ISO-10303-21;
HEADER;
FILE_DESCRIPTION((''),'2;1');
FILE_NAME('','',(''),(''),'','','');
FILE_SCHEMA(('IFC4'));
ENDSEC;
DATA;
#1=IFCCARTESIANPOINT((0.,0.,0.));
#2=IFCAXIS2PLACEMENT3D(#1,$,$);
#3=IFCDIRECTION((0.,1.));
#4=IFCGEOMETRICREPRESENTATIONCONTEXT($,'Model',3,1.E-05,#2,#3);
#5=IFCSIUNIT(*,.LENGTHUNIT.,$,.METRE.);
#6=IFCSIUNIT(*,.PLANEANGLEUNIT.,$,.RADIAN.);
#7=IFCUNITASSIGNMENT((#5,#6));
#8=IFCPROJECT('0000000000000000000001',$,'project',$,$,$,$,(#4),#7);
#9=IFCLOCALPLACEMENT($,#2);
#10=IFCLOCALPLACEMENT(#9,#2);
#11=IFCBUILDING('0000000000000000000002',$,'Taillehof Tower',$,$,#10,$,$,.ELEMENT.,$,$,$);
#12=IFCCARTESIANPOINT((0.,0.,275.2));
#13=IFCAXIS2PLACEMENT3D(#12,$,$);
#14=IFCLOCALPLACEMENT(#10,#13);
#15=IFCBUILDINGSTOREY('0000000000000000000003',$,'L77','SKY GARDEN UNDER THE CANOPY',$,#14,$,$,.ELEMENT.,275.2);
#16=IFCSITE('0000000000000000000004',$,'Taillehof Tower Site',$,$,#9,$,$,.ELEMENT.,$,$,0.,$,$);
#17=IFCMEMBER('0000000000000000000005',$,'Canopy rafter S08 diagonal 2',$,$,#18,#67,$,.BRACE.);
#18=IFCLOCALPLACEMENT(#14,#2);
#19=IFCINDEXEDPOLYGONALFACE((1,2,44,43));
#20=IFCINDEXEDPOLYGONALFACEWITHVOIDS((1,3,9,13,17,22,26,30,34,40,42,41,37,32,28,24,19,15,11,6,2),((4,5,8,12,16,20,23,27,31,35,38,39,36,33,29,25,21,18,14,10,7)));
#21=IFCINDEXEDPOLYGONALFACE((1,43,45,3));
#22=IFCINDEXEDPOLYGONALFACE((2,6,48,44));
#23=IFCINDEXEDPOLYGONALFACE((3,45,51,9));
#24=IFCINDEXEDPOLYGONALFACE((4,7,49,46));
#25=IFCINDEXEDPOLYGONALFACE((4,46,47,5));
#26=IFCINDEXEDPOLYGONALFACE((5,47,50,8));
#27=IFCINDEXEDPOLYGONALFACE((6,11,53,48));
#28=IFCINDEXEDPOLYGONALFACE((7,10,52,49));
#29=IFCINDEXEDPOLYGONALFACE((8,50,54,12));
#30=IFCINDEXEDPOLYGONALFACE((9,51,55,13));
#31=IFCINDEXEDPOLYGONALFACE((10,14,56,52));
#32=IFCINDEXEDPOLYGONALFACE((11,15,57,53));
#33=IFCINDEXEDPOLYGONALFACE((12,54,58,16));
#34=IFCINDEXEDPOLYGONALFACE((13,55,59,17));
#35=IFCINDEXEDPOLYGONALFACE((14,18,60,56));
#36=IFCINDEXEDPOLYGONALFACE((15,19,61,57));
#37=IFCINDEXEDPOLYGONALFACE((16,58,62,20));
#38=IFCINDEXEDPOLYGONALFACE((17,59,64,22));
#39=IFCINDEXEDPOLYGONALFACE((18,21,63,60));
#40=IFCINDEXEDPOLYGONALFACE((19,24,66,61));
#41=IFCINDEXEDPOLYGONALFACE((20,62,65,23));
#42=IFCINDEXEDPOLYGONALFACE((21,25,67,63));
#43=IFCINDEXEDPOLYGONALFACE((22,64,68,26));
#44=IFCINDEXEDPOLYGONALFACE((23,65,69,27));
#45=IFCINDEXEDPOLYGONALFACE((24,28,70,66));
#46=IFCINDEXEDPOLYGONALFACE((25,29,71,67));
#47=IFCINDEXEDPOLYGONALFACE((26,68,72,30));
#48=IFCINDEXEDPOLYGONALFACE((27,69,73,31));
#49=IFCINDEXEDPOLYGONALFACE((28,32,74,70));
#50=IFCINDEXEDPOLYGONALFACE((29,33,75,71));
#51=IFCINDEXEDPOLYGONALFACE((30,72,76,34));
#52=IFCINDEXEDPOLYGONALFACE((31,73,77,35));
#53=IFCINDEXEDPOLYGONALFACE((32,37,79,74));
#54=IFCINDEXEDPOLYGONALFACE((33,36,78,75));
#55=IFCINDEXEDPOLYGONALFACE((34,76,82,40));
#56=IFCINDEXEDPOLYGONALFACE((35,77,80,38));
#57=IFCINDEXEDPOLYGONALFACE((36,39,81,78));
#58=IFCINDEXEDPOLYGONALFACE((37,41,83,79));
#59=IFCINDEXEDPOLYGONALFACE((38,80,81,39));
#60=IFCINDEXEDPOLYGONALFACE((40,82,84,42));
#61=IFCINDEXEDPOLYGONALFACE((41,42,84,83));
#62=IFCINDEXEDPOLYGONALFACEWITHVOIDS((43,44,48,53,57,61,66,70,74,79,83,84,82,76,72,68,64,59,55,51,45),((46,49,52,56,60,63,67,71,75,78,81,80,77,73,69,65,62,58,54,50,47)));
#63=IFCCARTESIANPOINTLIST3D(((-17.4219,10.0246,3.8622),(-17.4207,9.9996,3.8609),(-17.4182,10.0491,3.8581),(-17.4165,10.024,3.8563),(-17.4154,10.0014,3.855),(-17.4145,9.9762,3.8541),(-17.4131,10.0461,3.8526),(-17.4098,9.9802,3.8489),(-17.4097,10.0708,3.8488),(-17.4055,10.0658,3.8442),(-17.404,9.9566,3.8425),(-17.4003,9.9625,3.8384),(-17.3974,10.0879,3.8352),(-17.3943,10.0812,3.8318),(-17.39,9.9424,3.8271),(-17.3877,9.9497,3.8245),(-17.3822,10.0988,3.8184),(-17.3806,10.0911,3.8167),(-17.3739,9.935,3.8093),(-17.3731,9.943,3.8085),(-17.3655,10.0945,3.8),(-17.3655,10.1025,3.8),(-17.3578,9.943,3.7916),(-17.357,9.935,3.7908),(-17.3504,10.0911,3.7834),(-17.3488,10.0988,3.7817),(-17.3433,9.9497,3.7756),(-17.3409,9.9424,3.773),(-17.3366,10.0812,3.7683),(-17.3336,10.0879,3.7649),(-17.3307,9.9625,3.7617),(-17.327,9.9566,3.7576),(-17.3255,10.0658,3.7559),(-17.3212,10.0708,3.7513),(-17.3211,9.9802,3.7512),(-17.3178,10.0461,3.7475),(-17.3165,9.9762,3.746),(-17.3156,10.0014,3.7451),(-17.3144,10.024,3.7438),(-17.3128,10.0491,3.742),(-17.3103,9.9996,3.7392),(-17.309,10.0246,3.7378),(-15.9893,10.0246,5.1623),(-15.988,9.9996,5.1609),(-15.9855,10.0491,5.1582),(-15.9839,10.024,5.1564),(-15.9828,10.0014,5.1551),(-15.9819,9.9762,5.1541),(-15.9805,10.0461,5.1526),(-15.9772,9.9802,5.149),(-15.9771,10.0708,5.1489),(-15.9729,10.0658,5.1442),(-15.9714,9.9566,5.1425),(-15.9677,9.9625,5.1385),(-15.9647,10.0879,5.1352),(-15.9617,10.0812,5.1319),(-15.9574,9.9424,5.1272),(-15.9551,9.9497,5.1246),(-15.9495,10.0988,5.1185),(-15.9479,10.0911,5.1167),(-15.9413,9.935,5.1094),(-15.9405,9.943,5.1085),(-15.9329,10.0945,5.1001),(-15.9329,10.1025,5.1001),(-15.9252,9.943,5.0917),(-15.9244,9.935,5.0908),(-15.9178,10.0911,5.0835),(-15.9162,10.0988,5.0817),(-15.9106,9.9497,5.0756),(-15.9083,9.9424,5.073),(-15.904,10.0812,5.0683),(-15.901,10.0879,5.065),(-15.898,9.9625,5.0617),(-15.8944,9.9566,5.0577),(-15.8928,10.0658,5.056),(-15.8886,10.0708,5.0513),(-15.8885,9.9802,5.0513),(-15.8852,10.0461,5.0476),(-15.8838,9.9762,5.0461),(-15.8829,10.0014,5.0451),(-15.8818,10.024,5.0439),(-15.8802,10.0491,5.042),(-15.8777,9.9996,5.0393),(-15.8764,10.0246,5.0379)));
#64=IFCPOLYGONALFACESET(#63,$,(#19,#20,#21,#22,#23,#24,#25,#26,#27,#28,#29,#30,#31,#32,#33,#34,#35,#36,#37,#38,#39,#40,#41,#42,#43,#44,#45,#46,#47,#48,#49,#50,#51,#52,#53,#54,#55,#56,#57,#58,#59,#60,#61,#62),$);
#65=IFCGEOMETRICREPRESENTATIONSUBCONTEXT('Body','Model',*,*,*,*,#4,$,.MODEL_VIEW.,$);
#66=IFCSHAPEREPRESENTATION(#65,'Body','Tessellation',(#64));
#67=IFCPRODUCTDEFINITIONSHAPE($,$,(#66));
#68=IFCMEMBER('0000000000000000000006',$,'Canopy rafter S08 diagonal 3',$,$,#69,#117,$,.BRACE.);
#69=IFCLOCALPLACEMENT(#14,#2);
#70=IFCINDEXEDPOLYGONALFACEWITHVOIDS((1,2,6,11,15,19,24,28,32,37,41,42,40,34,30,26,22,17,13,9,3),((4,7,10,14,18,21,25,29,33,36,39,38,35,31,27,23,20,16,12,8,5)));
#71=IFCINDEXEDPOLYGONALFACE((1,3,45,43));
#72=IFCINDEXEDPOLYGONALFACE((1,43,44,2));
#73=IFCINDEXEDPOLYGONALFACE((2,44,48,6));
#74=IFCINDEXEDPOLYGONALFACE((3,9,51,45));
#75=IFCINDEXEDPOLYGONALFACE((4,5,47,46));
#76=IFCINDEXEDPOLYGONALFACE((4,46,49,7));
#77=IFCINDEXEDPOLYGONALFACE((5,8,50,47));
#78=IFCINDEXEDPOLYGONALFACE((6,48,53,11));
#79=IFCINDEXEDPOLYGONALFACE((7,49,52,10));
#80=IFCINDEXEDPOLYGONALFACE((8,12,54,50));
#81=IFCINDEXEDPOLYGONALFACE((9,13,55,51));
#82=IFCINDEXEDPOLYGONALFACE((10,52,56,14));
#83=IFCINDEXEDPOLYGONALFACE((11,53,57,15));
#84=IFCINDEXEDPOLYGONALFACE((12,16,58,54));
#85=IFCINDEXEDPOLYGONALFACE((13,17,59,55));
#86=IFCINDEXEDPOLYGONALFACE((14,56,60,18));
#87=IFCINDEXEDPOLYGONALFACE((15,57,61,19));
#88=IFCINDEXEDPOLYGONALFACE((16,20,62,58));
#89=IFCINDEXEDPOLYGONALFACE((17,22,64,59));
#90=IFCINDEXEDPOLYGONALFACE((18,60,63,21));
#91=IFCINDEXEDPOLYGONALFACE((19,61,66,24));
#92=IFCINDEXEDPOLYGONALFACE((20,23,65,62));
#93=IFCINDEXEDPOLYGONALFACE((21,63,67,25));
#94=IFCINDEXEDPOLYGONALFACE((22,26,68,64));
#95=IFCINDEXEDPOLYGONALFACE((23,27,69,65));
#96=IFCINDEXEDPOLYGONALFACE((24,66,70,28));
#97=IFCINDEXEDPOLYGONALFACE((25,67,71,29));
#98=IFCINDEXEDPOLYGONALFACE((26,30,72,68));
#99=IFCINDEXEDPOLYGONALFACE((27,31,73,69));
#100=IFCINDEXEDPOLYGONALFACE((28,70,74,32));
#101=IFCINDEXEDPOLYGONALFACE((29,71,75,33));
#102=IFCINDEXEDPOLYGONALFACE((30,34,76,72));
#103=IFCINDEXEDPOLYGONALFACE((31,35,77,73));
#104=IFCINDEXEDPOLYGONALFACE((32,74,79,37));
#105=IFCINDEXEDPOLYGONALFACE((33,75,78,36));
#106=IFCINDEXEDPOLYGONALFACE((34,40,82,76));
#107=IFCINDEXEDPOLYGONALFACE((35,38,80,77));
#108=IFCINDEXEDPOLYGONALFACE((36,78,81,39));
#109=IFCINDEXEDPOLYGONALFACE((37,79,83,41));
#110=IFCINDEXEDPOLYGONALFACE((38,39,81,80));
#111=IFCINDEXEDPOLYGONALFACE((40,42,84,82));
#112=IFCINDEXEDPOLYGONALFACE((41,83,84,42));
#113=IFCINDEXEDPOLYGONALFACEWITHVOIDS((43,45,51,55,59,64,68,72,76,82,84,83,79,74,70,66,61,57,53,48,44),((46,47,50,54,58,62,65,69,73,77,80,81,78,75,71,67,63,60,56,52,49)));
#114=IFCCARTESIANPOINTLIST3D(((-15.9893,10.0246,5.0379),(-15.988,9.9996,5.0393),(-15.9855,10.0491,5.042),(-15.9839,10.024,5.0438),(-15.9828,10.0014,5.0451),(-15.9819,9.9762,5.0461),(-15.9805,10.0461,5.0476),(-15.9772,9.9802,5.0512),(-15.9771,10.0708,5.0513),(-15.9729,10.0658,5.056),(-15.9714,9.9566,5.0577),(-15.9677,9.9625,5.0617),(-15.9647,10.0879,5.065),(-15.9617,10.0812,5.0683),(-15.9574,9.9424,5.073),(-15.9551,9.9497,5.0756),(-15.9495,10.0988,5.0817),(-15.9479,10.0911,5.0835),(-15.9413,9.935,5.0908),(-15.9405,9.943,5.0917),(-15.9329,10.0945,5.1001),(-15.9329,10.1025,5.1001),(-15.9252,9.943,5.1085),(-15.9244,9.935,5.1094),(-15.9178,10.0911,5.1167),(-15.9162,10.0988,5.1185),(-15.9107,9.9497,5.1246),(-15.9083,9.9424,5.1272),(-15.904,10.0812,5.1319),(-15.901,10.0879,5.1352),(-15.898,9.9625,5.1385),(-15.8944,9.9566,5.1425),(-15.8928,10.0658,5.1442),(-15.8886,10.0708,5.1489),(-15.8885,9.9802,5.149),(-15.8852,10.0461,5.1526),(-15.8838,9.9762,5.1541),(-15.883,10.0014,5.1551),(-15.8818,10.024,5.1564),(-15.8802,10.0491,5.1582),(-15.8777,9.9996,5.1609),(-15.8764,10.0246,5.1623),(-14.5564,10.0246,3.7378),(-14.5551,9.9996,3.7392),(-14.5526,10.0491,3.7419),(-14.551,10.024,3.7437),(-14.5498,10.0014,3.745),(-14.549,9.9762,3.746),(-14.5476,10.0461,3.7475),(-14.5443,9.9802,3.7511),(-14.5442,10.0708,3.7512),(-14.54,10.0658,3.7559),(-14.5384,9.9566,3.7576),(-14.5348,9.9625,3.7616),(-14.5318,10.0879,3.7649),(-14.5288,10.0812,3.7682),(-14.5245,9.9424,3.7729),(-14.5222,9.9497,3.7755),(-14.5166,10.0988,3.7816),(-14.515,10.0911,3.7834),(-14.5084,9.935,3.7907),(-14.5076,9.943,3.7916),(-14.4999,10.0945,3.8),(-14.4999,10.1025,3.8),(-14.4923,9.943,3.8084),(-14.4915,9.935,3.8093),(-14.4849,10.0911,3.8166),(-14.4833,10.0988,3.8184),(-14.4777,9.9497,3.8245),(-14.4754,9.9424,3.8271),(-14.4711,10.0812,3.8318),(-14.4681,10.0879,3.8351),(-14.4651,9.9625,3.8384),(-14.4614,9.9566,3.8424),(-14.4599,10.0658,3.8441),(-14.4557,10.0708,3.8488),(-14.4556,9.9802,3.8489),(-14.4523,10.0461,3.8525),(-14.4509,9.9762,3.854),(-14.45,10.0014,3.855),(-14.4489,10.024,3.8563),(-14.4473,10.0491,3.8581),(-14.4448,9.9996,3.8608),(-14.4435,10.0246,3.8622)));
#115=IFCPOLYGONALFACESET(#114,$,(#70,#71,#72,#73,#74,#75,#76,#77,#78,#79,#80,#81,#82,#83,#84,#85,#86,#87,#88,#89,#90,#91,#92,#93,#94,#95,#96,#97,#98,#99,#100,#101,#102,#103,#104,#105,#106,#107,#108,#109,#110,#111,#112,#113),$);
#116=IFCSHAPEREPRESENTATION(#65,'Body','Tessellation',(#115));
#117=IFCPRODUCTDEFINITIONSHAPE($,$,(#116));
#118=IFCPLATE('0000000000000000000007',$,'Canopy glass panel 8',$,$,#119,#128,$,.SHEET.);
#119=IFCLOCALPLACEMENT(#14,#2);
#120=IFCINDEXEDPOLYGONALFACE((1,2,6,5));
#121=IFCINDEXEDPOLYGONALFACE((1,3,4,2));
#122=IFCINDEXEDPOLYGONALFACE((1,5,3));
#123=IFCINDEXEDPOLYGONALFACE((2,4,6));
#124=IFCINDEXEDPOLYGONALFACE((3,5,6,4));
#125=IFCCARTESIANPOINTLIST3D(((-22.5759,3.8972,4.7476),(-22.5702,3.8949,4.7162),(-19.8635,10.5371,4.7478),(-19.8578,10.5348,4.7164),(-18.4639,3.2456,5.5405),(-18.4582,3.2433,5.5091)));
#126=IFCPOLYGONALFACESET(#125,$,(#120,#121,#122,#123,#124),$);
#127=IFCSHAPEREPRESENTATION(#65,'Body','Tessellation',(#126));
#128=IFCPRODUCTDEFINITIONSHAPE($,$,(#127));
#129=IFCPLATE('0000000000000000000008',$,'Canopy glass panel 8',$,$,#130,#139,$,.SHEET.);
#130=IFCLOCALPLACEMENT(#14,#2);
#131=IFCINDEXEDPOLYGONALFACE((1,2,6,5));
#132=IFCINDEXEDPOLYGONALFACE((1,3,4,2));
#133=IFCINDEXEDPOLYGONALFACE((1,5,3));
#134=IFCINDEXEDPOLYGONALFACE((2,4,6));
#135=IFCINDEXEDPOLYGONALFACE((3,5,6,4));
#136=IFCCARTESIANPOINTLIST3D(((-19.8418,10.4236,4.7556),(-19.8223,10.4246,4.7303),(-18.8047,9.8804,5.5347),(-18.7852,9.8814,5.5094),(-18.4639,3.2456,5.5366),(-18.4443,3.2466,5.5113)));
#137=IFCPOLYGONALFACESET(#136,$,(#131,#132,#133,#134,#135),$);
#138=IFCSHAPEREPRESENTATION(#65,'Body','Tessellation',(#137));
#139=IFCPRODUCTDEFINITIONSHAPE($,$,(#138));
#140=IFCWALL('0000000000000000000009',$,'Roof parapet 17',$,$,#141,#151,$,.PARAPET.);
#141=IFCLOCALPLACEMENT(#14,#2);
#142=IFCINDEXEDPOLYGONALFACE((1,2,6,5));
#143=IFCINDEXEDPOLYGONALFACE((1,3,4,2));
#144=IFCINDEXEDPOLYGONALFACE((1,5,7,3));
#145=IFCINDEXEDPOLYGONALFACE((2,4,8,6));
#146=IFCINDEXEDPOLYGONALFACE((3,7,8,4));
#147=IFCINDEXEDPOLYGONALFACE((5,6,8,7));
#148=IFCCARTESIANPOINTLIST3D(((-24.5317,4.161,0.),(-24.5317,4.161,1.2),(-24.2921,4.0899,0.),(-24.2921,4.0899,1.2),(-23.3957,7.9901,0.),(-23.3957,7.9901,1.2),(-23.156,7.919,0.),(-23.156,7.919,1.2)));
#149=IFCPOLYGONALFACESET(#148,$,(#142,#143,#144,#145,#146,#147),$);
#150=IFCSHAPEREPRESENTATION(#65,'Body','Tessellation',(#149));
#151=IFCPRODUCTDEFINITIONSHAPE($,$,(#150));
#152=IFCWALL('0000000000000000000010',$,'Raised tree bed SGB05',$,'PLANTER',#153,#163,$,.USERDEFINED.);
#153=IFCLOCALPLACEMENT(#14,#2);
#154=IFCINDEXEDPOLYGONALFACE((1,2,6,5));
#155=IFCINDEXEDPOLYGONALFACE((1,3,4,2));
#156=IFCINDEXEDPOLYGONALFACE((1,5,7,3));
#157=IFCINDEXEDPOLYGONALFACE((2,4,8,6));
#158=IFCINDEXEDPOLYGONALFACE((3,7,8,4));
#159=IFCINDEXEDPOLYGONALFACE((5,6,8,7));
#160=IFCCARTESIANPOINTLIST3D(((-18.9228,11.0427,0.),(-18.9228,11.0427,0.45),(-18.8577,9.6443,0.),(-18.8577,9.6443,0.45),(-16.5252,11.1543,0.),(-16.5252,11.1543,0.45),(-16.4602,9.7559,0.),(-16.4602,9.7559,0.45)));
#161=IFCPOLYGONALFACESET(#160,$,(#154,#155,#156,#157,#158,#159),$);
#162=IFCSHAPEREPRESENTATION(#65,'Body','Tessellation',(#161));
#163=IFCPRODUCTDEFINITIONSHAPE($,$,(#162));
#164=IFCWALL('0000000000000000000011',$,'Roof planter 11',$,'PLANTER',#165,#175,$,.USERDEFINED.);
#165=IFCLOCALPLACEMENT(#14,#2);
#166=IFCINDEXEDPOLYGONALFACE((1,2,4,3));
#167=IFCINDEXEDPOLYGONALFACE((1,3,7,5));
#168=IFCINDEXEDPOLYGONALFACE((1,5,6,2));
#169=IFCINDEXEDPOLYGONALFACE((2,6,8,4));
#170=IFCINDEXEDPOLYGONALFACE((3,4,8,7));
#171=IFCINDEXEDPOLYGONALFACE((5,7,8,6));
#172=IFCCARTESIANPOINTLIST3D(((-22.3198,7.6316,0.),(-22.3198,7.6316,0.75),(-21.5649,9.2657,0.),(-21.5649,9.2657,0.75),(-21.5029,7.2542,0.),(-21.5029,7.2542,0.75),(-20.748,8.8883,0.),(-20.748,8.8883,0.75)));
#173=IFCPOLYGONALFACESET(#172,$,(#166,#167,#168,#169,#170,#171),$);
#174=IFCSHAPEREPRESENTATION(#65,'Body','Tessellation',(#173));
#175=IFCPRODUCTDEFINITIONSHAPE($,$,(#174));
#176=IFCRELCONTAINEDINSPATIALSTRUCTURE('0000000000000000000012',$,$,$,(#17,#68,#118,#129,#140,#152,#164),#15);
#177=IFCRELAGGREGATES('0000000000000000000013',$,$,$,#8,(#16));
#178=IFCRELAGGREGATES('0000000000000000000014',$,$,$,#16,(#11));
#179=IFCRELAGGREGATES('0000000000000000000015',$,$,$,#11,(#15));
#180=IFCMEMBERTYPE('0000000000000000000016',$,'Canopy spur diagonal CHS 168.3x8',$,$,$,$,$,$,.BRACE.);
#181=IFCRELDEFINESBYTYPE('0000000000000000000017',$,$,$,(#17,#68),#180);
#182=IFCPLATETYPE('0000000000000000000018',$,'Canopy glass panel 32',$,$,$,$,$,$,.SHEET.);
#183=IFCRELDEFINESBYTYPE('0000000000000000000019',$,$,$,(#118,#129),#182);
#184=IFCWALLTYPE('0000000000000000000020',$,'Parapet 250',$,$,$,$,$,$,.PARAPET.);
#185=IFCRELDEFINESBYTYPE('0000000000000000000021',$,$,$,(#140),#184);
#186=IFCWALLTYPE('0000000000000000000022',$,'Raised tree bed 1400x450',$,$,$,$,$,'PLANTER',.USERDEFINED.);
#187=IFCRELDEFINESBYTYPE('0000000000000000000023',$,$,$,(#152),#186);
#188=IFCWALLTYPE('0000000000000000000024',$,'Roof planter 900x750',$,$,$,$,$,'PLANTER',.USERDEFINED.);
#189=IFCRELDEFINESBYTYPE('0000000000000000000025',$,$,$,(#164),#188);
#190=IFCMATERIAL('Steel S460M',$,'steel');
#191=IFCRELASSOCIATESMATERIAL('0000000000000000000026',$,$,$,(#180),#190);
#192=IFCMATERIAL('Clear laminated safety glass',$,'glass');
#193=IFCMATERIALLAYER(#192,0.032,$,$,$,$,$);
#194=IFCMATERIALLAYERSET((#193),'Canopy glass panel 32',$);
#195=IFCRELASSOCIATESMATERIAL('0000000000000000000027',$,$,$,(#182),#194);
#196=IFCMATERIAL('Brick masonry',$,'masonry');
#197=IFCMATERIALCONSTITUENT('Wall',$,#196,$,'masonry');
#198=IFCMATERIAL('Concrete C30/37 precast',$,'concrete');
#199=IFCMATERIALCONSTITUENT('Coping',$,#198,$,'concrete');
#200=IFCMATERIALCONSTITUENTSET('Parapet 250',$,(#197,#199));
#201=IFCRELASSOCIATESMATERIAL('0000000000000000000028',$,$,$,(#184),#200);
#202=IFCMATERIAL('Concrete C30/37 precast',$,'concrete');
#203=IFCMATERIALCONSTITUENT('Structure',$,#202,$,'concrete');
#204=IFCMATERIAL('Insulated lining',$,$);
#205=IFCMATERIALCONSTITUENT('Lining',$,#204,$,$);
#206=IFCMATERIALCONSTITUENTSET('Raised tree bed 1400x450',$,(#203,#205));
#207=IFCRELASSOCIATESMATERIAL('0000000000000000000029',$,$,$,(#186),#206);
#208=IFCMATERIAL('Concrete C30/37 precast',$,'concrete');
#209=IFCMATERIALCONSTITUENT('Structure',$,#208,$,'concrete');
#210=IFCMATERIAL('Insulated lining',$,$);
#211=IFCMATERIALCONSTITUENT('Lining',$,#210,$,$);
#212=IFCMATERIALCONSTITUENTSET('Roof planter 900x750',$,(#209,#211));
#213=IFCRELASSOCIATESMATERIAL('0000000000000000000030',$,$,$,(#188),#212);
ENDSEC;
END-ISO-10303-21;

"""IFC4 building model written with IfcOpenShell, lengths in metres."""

from ifc_helpers import new_model, si_unit, direction, frame, frame_2d, origin, origin_2d, place, context, subcontext, project, spatial, polyline, rectangle, hollow_circle, outline, extrude, material, layer, layer_set, constituent, constituent_set, material_profile, profile_set, type_object, element, save


model = new_model("IFC4")

# Units and contexts
model_context = context("Model", 3, precision=1e-05, world=origin(), true_north=direction((0.0, 1.0)))
body_context = subcontext(model_context, "Body", "Model", "MODEL_VIEW")
ifc_project = project(units=[si_unit("LENGTHUNIT", "METRE"), si_unit("PLANEANGLEUNIT", "RADIAN")], contexts=[model_context])

# Site, building, storey
site_placement = place(None, origin())
site = spatial("IfcSite", under=ifc_project, at=site_placement, Name="Taillehof Tower Site", CompositionType="ELEMENT", RefElevation=0.0)
building_placement = place(site_placement, origin())
building = spatial("IfcBuilding", under=site, at=building_placement, Name="Taillehof Tower", CompositionType="ELEMENT")
storey_placement = place(building_placement, frame((0.0, 0.0, 275.2)))
storey = spatial("IfcBuildingStorey", under=building, at=storey_placement, Name="L77", Description="SKY GARDEN UNDER THE CANOPY", CompositionType="ELEMENT", Elevation=275.2)

# Members
ifc_material_1 = material(Name="Steel S460M", Category="steel")
ifc_material_profile_1 = material_profile(ifc_material_1, hollow_circle(Radius=0.0842, WallThickness=0.0081, at=origin_2d()), Name="CHS 168.3x8")
ifc_profile_set_1 = profile_set([ifc_material_profile_1], Name="Steel S460M")
member_type_1 = type_object("IfcMemberType", Name="Canopy spur diagonal CHS 168.3x8", PredefinedType="BRACE", material=ifc_profile_set_1)
member_1_placement = place(storey_placement, frame((-17.3655, 10.0183, 3.8), z_axis=(0.740539, 0.0, 0.672013), x_axis=(0.0, 1.0, 0.0)))
element("IfcMember", 1, at=member_1_placement, inside=storey, type_object=member_type_1, Name="Canopy rafter S08 diagonal 2", PredefinedType="BRACE", context=body_context, shape_type="SweptSolid", body=[
    extrude(hollow_circle(Radius=0.0842, WallThickness=0.0081, at=origin_2d()), origin(), (0.0, 0.0, 1.0), 1.9346),
])
member_2_placement = place(storey_placement, frame((-15.9329, 10.0183, 5.1001), z_axis=(0.740596, 0.0, -0.67195), x_axis=(0.0, 1.0, 0.0)))
element("IfcMember", 2, at=member_2_placement, inside=storey, type_object=member_type_1, Name="Canopy rafter S08 diagonal 3", PredefinedType="BRACE", context=body_context, shape_type="SweptSolid", body=[
    extrude(hollow_circle(Radius=0.0842, WallThickness=0.0081, at=origin_2d()), origin(), (0.0, 0.0, 1.0), 1.9348),
])

# Plates
ifc_material_2 = material(Name="Clear laminated safety glass", Category="glass")
ifc_layer_1 = layer(ifc_material_2, 0.032)
ifc_layer_set_1 = layer_set([ifc_layer_1], Name="Canopy glass panel 32")
plate_type = type_object("IfcPlateType", Name="Canopy glass panel 32", PredefinedType="SHEET", material=ifc_layer_set_1)
plate_1_placement = place(storey_placement, frame((-19.8635, 10.5371, 4.7478), z_axis=(-0.177751, 0.072576, 0.981396), x_axis=(-0.378165, -0.925738, -0.000034)))
element("IfcPlate", 3, at=plate_1_placement, inside=storey, type_object=plate_type, Name="Canopy glass panel 8", PredefinedType="SHEET", context=body_context, shape_type="SweptSolid", body=[
    extrude(outline(polyline([(0.0, 0.0), (7.1725, 0.0), (6.2207, 4.1299), (0.0, 0.0)])), origin(), (0.0, 0.0, -1.0), 0.032),
])
plate_2_placement = place(storey_placement, frame((-19.8418, 10.4236, 4.7556), z_axis=(-0.610686, -0.031137, 0.791261), x_axis=(0.187457, -0.97651, 0.10625)))
element("IfcPlate", 4, at=plate_2_placement, inside=storey, type_object=plate_type, Name="Canopy glass panel 8", PredefinedType="SHEET", context=body_context, shape_type="SweptSolid", body=[
    extrude(outline(polyline([(0.0, 0.0), (7.3506, 0.0), (0.8076, 1.1512), (0.0, 0.0)])), origin(), (0.0, 0.0, -1.0), 0.032),
])

# Walls
ifc_material_3 = material(Name="Brick masonry", Category="masonry")
ifc_constituent_1 = constituent(ifc_material_3, Name="Wall", Category="masonry")
ifc_material_4 = material(Name="Concrete C30/37 precast", Category="concrete")
ifc_constituent_2 = constituent(ifc_material_4, Name="Coping", Category="concrete")
ifc_constituent_set_1 = constituent_set(constituents=[ifc_constituent_1, ifc_constituent_2], Name="Parapet 250")
wall_type_1 = type_object("IfcWallType", Name="Parapet 250", PredefinedType="PARAPET", material=ifc_constituent_set_1)
wall_1_placement = place(storey_placement, frame((-23.2759, 7.9546, 0.0), z_axis=(0.0, 0.0, 1.0), x_axis=(-0.284419, -0.9587, 0.0)))
element("IfcWall", 5, at=wall_1_placement, inside=storey, type_object=wall_type_1, Name="Roof parapet 17", PredefinedType="PARAPET", context=body_context, shape_type="SweptSolid", body=[
    extrude(rectangle(XDim=3.9941, YDim=0.25, at=frame_2d((1.9971, 0.0))), origin(), (0.0, 0.0, 1.0), 1.2),
])
ifc_material_5 = material(Name="Concrete C30/37 precast", Category="concrete")
ifc_constituent_3 = constituent(ifc_material_5, Name="Structure", Category="concrete")
ifc_material_6 = material(Name="Insulated lining")
ifc_constituent_4 = constituent(ifc_material_6, Name="Lining")
ifc_constituent_set_2 = constituent_set(constituents=[ifc_constituent_3, ifc_constituent_4], Name="Raised tree bed 1400x450")
wall_type_2 = type_object("IfcWallType", Name="Raised tree bed 1400x450", ElementType="PLANTER", PredefinedType="USERDEFINED", material=ifc_constituent_set_2)
wall_2_placement = place(storey_placement, frame((-18.8904, 10.3435, 0.0), z_axis=(0.0, 0.0, 1.0), x_axis=(0.998919, 0.046487, 0.0)))
element("IfcWall", 6, at=wall_2_placement, inside=storey, type_object=wall_type_2, Name="Raised tree bed SGB05", ObjectType="PLANTER", PredefinedType="USERDEFINED", context=body_context, shape_type="SweptSolid", body=[
    extrude(rectangle(XDim=2.4001, YDim=1.3999, at=frame_2d((1.2002, 0.0))), origin(), (0.0, 0.0, 1.0), 0.45),
])
ifc_material_7 = material(Name="Concrete C30/37 precast", Category="concrete")
ifc_constituent_5 = constituent(ifc_material_7, Name="Structure", Category="concrete")
ifc_material_8 = material(Name="Insulated lining")
ifc_constituent_6 = constituent(ifc_material_8, Name="Lining")
ifc_constituent_set_3 = constituent_set(constituents=[ifc_constituent_5, ifc_constituent_6], Name="Roof planter 900x750")
wall_type_3 = type_object("IfcWallType", Name="Roof planter 900x750", ElementType="PLANTER", PredefinedType="USERDEFINED", material=ifc_constituent_set_3)
wall_3_placement = place(storey_placement, frame((-21.1565, 9.0769, 0.0), z_axis=(0.0, 0.0, 1.0), x_axis=(-0.419385, -0.907808, 0.0)))
element("IfcWall", 7, at=wall_3_placement, inside=storey, type_object=wall_type_3, Name="Roof planter 11", ObjectType="PLANTER", PredefinedType="USERDEFINED", context=body_context, shape_type="SweptSolid", body=[
    extrude(rectangle(XDim=1.8, YDim=0.8999, at=frame_2d((0.8999, 0.0))), origin(), (0.0, 0.0, 1.0), 0.75),
])

save(model, "model.ifc")
